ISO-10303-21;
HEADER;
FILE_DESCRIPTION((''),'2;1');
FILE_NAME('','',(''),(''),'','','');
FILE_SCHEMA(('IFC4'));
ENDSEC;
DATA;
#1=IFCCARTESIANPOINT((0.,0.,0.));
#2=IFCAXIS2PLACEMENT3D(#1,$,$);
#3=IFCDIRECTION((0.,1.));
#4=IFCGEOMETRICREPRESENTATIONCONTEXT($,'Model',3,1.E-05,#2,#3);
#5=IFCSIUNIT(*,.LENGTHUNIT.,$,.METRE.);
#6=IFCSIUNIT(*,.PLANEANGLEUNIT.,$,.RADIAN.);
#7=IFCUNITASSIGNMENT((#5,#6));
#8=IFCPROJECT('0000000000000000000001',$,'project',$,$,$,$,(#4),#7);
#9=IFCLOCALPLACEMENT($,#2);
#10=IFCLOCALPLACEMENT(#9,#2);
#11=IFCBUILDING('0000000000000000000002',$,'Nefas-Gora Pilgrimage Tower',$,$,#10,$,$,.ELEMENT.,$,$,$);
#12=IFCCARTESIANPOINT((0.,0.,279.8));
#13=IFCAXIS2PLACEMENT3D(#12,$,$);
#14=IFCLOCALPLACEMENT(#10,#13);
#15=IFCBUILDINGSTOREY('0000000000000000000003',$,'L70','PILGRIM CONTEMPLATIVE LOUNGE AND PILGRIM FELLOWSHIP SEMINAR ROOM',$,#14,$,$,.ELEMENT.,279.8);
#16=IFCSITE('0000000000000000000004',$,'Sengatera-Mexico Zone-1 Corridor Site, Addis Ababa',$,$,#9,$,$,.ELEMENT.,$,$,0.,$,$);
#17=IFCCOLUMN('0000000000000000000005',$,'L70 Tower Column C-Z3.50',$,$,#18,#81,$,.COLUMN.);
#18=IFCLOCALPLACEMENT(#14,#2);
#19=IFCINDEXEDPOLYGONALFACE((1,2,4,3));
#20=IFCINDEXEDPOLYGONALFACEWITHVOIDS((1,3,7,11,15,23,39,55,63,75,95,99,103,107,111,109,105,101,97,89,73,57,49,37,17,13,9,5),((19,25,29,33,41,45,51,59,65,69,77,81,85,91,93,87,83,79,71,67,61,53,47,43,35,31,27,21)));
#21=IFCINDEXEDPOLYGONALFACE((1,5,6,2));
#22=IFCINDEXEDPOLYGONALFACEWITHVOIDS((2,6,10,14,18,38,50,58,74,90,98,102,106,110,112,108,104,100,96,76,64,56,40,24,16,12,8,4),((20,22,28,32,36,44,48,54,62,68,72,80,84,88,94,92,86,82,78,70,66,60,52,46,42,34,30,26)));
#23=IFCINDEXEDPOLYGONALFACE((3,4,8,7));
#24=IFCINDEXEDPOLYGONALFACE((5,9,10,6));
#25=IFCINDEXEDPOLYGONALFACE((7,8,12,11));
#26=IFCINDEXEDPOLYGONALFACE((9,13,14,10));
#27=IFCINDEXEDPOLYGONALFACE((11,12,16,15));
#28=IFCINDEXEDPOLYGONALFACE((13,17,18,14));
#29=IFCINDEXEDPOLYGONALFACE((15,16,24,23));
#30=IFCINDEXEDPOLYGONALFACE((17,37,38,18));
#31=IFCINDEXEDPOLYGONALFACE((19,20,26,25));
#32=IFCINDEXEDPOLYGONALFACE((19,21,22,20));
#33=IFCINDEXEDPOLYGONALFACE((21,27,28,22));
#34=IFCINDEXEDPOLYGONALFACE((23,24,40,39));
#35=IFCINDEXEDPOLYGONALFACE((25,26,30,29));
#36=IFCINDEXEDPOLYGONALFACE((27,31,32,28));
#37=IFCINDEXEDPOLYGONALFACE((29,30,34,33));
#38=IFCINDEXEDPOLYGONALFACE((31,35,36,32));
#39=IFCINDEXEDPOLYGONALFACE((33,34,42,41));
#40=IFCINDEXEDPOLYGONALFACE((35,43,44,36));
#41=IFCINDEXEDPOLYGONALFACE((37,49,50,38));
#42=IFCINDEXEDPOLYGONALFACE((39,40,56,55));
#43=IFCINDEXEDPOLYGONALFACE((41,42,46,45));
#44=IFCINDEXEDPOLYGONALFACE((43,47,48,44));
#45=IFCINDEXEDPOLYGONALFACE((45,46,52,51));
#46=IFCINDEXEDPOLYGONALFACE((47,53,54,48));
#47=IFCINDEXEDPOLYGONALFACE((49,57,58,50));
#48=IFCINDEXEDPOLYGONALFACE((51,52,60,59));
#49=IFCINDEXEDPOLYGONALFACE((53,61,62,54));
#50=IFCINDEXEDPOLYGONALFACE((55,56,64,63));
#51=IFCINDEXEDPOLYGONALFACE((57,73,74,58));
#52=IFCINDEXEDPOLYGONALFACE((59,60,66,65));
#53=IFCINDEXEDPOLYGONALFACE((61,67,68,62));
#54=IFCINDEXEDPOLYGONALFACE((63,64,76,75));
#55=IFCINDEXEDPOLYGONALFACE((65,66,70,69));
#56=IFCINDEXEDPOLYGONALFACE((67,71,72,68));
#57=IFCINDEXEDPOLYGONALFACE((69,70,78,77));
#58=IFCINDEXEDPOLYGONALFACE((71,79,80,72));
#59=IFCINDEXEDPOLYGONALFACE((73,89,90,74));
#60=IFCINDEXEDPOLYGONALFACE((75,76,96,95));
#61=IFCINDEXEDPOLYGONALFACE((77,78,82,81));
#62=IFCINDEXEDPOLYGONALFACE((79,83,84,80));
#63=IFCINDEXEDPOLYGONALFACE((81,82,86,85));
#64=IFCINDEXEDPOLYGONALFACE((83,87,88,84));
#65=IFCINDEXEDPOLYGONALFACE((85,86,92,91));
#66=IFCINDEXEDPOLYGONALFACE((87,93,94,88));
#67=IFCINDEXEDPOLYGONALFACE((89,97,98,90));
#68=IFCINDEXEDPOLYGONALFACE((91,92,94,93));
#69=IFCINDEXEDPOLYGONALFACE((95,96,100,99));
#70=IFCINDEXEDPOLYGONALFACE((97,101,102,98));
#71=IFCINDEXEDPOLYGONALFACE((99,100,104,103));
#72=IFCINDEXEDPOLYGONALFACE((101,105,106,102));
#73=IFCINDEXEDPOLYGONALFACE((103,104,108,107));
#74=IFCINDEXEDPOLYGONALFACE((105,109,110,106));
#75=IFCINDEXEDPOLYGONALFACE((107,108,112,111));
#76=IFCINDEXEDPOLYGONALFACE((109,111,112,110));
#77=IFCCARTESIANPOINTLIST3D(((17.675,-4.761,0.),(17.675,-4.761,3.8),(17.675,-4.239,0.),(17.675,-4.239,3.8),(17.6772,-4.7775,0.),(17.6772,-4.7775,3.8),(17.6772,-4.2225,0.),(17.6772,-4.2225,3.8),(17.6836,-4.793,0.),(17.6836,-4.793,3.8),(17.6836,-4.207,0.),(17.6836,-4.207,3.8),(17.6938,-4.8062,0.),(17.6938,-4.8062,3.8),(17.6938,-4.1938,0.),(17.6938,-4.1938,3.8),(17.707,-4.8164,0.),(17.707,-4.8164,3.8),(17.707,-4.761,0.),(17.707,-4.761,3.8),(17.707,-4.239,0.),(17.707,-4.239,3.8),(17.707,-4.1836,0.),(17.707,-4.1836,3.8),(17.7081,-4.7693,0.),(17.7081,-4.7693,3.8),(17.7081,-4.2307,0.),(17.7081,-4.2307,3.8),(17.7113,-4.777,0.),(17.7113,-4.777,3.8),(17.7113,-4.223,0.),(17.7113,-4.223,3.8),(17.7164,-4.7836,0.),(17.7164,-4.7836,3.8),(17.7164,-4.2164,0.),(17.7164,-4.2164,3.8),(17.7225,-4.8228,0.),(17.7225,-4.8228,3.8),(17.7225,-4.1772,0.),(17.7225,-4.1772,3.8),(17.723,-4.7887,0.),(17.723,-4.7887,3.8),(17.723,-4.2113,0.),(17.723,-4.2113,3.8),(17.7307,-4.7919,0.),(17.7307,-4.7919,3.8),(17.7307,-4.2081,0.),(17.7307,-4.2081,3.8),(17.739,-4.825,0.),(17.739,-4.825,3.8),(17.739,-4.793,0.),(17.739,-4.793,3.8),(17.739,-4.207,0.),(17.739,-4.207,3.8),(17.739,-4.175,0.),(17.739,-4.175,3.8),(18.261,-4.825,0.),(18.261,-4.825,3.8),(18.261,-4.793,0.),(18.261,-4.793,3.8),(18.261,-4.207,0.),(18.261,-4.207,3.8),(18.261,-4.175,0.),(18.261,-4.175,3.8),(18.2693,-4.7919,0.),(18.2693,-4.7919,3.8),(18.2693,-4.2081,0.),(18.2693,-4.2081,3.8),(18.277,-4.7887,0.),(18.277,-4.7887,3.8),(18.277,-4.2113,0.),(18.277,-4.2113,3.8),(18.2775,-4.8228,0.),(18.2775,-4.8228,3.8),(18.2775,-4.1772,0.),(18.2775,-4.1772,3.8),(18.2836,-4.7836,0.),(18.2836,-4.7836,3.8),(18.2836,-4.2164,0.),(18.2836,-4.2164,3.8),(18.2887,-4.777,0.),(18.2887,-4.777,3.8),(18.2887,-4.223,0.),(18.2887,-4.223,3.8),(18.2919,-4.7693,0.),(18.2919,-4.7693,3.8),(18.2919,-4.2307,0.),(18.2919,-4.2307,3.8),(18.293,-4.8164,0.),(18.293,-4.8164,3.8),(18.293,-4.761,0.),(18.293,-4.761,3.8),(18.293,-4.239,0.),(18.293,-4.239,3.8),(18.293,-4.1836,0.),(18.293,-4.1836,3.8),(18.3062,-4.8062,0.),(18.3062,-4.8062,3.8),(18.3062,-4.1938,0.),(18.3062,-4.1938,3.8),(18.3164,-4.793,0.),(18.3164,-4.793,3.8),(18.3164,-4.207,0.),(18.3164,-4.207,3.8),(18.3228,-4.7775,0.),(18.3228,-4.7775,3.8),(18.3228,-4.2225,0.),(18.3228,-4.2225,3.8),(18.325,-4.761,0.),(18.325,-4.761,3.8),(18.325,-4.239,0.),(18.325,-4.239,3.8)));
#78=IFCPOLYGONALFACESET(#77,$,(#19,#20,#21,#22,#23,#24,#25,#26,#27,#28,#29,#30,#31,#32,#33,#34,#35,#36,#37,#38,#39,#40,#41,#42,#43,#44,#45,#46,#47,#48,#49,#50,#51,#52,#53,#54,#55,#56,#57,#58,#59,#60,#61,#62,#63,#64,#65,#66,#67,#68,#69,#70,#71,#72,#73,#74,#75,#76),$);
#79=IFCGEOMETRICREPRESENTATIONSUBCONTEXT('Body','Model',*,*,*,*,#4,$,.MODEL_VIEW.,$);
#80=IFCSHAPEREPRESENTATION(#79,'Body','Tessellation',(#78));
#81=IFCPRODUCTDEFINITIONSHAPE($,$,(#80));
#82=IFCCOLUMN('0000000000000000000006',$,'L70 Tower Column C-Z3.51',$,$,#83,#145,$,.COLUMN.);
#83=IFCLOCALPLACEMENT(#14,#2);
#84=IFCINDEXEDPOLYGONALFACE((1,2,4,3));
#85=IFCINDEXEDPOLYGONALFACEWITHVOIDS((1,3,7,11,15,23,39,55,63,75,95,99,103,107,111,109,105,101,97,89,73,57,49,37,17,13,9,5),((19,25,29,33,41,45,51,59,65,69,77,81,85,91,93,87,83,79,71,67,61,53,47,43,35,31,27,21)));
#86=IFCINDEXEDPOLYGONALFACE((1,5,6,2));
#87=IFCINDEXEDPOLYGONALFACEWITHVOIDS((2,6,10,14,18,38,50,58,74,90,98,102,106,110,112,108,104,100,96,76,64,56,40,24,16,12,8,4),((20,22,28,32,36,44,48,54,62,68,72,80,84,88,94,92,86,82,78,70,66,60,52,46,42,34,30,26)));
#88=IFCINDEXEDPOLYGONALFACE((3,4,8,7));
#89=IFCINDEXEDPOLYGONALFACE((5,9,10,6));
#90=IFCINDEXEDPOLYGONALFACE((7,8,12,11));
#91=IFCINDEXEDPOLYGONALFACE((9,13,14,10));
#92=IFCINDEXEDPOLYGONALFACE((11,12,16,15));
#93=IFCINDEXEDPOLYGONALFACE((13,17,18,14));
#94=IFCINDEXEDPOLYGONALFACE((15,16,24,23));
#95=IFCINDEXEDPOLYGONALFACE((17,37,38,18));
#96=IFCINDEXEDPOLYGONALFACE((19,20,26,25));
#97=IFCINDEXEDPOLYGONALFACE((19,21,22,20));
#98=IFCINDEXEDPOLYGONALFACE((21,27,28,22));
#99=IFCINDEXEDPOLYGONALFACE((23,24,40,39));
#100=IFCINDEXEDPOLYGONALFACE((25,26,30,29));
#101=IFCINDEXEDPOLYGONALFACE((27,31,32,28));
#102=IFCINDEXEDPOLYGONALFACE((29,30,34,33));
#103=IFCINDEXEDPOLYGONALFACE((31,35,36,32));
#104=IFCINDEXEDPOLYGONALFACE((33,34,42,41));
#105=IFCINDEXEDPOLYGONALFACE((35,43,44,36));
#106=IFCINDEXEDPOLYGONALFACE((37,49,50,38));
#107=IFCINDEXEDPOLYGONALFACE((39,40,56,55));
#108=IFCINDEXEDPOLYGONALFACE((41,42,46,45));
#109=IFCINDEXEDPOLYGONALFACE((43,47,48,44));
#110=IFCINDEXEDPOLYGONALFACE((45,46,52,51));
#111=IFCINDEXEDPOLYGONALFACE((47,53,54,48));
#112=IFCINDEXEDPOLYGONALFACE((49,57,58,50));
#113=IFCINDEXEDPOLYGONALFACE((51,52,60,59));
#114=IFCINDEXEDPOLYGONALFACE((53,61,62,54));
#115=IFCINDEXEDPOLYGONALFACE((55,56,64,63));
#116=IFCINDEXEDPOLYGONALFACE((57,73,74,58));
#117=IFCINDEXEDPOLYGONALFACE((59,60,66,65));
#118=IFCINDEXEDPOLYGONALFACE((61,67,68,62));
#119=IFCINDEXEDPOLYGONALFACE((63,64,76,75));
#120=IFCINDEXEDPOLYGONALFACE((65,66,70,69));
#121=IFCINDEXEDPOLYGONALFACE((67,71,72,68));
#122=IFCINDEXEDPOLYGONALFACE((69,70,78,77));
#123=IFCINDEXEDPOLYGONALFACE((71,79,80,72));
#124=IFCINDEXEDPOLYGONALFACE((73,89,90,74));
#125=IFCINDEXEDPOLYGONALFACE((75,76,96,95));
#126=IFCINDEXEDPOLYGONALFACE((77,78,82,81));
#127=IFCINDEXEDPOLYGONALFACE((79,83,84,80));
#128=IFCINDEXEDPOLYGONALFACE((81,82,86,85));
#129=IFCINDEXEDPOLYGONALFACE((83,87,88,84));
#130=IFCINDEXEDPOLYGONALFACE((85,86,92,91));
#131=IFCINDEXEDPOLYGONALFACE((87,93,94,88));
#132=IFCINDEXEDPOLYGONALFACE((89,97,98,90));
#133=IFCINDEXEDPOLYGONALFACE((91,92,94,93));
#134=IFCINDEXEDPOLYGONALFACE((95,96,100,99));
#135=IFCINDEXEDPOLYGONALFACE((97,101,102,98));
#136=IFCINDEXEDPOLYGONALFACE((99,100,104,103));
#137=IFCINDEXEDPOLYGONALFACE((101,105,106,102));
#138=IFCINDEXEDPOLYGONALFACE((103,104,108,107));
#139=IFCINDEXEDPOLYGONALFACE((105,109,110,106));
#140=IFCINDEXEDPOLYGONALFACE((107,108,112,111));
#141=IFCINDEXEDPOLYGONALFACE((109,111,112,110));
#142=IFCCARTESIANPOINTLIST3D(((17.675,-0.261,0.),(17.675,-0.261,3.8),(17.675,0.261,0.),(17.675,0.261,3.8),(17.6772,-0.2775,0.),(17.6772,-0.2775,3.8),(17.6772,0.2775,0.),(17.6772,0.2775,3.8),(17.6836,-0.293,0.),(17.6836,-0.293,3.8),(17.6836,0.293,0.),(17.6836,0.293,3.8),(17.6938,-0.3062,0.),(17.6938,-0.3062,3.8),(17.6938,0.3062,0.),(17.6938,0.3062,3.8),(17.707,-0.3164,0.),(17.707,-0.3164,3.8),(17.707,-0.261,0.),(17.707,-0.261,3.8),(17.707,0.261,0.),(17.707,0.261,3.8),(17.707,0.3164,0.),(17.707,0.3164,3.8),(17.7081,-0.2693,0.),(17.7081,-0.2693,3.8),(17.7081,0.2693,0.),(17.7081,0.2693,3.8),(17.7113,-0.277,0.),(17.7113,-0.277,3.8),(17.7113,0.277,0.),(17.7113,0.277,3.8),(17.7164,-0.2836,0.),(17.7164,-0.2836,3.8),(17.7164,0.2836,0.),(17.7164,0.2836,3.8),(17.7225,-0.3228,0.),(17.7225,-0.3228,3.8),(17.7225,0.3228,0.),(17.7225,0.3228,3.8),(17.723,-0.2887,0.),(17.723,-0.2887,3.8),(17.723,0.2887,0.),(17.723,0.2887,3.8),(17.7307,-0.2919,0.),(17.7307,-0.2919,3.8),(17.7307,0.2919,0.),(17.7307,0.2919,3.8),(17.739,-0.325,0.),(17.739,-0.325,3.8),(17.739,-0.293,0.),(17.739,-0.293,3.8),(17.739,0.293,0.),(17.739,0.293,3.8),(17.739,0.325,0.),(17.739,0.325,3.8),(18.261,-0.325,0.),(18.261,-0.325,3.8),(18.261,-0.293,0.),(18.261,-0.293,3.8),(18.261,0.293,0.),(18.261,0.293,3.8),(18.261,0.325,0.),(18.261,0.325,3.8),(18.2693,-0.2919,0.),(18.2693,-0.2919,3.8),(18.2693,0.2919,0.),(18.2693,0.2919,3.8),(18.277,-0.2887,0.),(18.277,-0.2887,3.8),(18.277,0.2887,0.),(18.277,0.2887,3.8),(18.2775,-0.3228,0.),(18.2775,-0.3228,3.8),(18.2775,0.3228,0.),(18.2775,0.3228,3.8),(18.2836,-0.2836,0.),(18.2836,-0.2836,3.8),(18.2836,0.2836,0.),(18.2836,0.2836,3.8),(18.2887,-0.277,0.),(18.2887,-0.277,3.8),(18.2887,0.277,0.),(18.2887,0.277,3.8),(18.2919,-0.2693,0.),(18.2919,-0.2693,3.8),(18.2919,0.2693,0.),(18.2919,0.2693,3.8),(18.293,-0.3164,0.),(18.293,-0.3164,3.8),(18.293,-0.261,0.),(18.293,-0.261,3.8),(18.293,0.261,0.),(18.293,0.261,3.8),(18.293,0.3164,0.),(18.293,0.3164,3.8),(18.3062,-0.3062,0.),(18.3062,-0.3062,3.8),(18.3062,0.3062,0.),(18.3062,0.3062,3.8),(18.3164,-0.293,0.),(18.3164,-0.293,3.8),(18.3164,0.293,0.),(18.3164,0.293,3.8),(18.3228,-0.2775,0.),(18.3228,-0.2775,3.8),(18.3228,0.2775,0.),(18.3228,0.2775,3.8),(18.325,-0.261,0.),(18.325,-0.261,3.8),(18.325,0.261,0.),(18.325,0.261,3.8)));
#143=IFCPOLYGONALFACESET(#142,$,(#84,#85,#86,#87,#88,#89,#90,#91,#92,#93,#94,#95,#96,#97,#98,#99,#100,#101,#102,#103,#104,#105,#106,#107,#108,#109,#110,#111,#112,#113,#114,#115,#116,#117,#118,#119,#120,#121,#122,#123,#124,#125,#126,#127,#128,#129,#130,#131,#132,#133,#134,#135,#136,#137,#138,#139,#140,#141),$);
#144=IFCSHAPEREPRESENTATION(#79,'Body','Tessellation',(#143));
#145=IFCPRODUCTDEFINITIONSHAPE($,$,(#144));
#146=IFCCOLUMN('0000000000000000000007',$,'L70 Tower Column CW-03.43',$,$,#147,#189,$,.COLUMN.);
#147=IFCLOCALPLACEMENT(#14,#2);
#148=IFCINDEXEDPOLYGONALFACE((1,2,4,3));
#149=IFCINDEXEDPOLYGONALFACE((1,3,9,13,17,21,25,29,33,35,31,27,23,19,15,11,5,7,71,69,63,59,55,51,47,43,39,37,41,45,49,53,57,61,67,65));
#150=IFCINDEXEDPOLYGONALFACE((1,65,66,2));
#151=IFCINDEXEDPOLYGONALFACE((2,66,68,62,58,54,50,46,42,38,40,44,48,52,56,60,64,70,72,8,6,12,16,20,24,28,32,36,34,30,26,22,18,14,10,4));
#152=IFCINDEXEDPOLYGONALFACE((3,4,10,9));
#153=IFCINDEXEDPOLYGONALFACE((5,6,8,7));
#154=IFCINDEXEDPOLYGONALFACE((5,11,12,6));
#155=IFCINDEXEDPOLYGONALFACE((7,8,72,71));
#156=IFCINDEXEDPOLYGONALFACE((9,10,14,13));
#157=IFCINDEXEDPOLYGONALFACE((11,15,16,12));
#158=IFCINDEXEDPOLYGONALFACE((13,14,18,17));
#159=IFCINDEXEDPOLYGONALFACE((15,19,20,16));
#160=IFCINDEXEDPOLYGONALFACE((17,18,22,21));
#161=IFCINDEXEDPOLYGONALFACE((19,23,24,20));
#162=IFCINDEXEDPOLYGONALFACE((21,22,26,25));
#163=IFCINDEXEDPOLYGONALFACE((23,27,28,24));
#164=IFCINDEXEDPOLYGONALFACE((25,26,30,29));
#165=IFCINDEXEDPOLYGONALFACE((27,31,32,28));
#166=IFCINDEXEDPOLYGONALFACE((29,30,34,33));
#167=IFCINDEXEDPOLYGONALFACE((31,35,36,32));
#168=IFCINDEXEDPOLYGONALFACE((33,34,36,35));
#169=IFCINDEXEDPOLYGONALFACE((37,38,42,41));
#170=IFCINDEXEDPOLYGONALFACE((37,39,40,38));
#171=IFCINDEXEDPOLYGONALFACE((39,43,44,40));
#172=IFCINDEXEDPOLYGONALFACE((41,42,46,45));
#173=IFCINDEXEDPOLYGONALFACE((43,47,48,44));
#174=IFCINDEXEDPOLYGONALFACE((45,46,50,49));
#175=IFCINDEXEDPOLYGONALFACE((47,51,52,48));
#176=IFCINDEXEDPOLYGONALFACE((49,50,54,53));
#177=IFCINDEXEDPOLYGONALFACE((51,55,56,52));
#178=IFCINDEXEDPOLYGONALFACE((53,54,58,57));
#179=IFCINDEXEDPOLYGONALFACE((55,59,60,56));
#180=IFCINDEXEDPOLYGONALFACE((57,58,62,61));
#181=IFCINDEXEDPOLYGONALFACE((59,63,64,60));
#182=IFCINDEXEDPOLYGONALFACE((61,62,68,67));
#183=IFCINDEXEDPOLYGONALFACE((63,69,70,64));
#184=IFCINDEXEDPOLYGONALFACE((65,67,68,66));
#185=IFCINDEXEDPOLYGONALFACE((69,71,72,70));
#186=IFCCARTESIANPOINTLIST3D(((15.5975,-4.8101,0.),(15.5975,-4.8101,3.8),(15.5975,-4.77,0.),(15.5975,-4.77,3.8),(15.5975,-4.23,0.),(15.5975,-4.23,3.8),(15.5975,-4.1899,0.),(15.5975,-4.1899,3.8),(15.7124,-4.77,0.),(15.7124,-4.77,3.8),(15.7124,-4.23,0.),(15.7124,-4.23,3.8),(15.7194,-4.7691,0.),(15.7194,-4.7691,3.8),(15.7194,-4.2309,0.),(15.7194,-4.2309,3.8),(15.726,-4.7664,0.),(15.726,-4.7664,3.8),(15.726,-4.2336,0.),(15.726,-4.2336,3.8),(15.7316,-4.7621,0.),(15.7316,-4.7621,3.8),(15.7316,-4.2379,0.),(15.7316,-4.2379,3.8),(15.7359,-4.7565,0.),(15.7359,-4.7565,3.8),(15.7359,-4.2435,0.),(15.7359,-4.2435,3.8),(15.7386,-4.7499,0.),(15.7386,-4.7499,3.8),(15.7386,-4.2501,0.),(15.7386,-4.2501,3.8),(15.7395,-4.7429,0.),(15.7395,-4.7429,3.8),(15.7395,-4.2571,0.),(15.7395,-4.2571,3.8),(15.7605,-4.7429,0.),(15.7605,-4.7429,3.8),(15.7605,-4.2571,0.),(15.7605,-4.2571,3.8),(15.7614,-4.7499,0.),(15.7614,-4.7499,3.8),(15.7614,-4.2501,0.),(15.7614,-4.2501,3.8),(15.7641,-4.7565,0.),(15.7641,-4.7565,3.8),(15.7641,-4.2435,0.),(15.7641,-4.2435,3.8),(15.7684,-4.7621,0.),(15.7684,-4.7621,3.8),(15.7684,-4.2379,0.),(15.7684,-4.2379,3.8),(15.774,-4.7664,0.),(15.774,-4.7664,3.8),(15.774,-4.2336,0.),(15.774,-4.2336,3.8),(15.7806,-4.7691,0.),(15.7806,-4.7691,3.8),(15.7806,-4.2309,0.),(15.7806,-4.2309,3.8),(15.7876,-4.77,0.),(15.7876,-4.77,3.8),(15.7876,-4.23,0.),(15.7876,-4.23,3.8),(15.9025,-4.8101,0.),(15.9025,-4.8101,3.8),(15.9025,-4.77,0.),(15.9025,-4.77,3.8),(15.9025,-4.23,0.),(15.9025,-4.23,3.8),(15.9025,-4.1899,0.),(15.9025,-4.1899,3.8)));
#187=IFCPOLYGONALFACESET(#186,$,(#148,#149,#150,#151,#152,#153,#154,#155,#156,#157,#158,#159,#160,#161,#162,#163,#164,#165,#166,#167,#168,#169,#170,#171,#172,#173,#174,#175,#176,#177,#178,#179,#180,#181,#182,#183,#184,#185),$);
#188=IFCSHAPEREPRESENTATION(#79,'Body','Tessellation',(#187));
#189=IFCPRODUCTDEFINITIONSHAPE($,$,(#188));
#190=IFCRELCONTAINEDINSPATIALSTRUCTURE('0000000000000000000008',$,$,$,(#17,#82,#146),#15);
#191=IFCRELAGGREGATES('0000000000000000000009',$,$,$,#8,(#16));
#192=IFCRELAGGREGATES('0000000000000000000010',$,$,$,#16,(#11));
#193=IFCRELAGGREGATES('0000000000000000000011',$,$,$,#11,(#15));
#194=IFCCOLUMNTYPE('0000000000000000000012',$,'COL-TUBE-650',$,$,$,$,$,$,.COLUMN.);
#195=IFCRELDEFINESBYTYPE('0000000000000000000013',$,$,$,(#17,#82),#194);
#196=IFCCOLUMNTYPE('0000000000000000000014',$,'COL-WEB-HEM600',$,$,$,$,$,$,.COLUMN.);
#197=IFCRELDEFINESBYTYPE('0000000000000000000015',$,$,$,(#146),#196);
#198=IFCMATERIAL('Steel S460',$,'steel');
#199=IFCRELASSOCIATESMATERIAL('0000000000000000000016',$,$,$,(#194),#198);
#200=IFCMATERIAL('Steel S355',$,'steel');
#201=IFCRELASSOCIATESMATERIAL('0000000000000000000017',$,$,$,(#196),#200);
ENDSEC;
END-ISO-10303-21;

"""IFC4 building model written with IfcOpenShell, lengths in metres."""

from ifc_helpers import new_model, si_unit, direction, frame, origin, origin_2d, place, context, subcontext, project, spatial, hollow_rectangle, i_section, extrude, source, transform, mapped, material, material_profile, profile_set, type_object, element, save


model = new_model("IFC4")

# Units and contexts
model_context = context("Model", 3, precision=1e-05, world=origin(), true_north=direction((0.0, 1.0)))
body_context = subcontext(model_context, "Body", "Model", "MODEL_VIEW")
ifc_project = project(units=[si_unit("LENGTHUNIT", "METRE"), si_unit("PLANEANGLEUNIT", "RADIAN")], contexts=[model_context])

# Site, building, storey
site_placement = place(None, origin())
site = spatial("IfcSite", under=ifc_project, at=site_placement, Name="Sengatera-Mexico Zone-1 Corridor Site, Addis Ababa", CompositionType="ELEMENT", RefElevation=0.0)
building_placement = place(site_placement, origin())
building = spatial("IfcBuilding", under=site, at=building_placement, Name="Nefas-Gora Pilgrimage Tower", CompositionType="ELEMENT")
storey_placement = place(building_placement, frame((0.0, 0.0, 279.8)))
storey = spatial("IfcBuildingStorey", under=building, at=storey_placement, Name="L70", Description="PILGRIM CONTEMPLATIVE LOUNGE AND PILGRIM FELLOWSHIP SEMINAR ROOM", CompositionType="ELEMENT", Elevation=279.8)

# Columns
ifc_material_1 = material(Name="Steel S460", Category="steel")
ifc_material_profile_1 = material_profile(ifc_material_1, hollow_rectangle(XDim=0.6499, YDim=0.6499, WallThickness=0.032, InnerFilletRadius=0.032, OuterFilletRadius=0.064, at=origin_2d()), Name="BOX 650x650x32")
ifc_profile_set_1 = profile_set([ifc_material_profile_1], Name="Steel S460")
column_type_1 = type_object("IfcColumnType", Name="COL-TUBE-650", PredefinedType="COLUMN", material=ifc_profile_set_1)
shared_shape_1 = source(origin(), body_context, "Body", "SweptSolid", [
    extrude(hollow_rectangle(XDim=0.6499, YDim=0.6499, WallThickness=0.032, InnerFilletRadius=0.032, OuterFilletRadius=0.064, at=origin_2d()), origin(), (0.0, 0.0, 1.0), 3.8),
])
for number, where, z_axis, x_axis, name in (
    (1, (18.0, -4.5, 0.0), (0.0, 0.0, 1.0), (1.0, 0.0, 0.0), "L70 Tower Column C-Z3.50"),
    (2, (18.0, 0.0, 0.0), (0.0, 0.0, 1.0), (1.0, 0.0, 0.0), "L70 Tower Column C-Z3.51"),
):
    element("IfcColumn", number, at=place(storey_placement, frame(where, z_axis=z_axis, x_axis=x_axis)), inside=storey, type_object=column_type_1, Name=name, PredefinedType="COLUMN", context=body_context, shape_type="MappedRepresentation", body=[
        mapped(shared_shape_1, transform((0.0, 0.0, 0.0), x_axis=(1.0, 0.0, 0.0), y_axis=(0.0, 1.0, 0.0), z_axis=(0.0, 0.0, 1.0), scale=1.0)),
    ])
ifc_material_2 = material(Name="Steel S355", Category="steel")
ifc_material_profile_2 = material_profile(ifc_material_2, i_section(OverallWidth=0.3049, OverallDepth=0.6201, WebThickness=0.021, FlangeThickness=0.04, FilletRadius=0.0271, at=origin_2d()), Name="HEM 600")
ifc_profile_set_2 = profile_set([ifc_material_profile_2], Name="Steel S355")
column_type_2 = type_object("IfcColumnType", Name="COL-WEB-HEM600", PredefinedType="COLUMN", material=ifc_profile_set_2)
shared_shape_2 = source(origin(), body_context, "Body", "SweptSolid", [
    extrude(i_section(OverallWidth=0.3049, OverallDepth=0.6201, WebThickness=0.021, FlangeThickness=0.04, FilletRadius=0.0271, at=origin_2d()), origin(), (0.0, 0.0, 1.0), 3.8),
])
for number, where, z_axis, x_axis, name in (
    (3, (15.75, -4.5, 0.0), (0.0, 0.0, 1.0), (1.0, 0.0, 0.0), "L70 Tower Column CW-03.43"),
):
    element("IfcColumn", number, at=place(storey_placement, frame(where, z_axis=z_axis, x_axis=x_axis)), inside=storey, type_object=column_type_2, Name=name, PredefinedType="COLUMN", context=body_context, shape_type="MappedRepresentation", body=[
        mapped(shared_shape_2, transform((0.0, 0.0, 0.0), x_axis=(1.0, 0.0, 0.0), y_axis=(0.0, 1.0, 0.0), z_axis=(0.0, 0.0, 1.0), scale=1.0)),
    ])

save(model, "model.ifc")
